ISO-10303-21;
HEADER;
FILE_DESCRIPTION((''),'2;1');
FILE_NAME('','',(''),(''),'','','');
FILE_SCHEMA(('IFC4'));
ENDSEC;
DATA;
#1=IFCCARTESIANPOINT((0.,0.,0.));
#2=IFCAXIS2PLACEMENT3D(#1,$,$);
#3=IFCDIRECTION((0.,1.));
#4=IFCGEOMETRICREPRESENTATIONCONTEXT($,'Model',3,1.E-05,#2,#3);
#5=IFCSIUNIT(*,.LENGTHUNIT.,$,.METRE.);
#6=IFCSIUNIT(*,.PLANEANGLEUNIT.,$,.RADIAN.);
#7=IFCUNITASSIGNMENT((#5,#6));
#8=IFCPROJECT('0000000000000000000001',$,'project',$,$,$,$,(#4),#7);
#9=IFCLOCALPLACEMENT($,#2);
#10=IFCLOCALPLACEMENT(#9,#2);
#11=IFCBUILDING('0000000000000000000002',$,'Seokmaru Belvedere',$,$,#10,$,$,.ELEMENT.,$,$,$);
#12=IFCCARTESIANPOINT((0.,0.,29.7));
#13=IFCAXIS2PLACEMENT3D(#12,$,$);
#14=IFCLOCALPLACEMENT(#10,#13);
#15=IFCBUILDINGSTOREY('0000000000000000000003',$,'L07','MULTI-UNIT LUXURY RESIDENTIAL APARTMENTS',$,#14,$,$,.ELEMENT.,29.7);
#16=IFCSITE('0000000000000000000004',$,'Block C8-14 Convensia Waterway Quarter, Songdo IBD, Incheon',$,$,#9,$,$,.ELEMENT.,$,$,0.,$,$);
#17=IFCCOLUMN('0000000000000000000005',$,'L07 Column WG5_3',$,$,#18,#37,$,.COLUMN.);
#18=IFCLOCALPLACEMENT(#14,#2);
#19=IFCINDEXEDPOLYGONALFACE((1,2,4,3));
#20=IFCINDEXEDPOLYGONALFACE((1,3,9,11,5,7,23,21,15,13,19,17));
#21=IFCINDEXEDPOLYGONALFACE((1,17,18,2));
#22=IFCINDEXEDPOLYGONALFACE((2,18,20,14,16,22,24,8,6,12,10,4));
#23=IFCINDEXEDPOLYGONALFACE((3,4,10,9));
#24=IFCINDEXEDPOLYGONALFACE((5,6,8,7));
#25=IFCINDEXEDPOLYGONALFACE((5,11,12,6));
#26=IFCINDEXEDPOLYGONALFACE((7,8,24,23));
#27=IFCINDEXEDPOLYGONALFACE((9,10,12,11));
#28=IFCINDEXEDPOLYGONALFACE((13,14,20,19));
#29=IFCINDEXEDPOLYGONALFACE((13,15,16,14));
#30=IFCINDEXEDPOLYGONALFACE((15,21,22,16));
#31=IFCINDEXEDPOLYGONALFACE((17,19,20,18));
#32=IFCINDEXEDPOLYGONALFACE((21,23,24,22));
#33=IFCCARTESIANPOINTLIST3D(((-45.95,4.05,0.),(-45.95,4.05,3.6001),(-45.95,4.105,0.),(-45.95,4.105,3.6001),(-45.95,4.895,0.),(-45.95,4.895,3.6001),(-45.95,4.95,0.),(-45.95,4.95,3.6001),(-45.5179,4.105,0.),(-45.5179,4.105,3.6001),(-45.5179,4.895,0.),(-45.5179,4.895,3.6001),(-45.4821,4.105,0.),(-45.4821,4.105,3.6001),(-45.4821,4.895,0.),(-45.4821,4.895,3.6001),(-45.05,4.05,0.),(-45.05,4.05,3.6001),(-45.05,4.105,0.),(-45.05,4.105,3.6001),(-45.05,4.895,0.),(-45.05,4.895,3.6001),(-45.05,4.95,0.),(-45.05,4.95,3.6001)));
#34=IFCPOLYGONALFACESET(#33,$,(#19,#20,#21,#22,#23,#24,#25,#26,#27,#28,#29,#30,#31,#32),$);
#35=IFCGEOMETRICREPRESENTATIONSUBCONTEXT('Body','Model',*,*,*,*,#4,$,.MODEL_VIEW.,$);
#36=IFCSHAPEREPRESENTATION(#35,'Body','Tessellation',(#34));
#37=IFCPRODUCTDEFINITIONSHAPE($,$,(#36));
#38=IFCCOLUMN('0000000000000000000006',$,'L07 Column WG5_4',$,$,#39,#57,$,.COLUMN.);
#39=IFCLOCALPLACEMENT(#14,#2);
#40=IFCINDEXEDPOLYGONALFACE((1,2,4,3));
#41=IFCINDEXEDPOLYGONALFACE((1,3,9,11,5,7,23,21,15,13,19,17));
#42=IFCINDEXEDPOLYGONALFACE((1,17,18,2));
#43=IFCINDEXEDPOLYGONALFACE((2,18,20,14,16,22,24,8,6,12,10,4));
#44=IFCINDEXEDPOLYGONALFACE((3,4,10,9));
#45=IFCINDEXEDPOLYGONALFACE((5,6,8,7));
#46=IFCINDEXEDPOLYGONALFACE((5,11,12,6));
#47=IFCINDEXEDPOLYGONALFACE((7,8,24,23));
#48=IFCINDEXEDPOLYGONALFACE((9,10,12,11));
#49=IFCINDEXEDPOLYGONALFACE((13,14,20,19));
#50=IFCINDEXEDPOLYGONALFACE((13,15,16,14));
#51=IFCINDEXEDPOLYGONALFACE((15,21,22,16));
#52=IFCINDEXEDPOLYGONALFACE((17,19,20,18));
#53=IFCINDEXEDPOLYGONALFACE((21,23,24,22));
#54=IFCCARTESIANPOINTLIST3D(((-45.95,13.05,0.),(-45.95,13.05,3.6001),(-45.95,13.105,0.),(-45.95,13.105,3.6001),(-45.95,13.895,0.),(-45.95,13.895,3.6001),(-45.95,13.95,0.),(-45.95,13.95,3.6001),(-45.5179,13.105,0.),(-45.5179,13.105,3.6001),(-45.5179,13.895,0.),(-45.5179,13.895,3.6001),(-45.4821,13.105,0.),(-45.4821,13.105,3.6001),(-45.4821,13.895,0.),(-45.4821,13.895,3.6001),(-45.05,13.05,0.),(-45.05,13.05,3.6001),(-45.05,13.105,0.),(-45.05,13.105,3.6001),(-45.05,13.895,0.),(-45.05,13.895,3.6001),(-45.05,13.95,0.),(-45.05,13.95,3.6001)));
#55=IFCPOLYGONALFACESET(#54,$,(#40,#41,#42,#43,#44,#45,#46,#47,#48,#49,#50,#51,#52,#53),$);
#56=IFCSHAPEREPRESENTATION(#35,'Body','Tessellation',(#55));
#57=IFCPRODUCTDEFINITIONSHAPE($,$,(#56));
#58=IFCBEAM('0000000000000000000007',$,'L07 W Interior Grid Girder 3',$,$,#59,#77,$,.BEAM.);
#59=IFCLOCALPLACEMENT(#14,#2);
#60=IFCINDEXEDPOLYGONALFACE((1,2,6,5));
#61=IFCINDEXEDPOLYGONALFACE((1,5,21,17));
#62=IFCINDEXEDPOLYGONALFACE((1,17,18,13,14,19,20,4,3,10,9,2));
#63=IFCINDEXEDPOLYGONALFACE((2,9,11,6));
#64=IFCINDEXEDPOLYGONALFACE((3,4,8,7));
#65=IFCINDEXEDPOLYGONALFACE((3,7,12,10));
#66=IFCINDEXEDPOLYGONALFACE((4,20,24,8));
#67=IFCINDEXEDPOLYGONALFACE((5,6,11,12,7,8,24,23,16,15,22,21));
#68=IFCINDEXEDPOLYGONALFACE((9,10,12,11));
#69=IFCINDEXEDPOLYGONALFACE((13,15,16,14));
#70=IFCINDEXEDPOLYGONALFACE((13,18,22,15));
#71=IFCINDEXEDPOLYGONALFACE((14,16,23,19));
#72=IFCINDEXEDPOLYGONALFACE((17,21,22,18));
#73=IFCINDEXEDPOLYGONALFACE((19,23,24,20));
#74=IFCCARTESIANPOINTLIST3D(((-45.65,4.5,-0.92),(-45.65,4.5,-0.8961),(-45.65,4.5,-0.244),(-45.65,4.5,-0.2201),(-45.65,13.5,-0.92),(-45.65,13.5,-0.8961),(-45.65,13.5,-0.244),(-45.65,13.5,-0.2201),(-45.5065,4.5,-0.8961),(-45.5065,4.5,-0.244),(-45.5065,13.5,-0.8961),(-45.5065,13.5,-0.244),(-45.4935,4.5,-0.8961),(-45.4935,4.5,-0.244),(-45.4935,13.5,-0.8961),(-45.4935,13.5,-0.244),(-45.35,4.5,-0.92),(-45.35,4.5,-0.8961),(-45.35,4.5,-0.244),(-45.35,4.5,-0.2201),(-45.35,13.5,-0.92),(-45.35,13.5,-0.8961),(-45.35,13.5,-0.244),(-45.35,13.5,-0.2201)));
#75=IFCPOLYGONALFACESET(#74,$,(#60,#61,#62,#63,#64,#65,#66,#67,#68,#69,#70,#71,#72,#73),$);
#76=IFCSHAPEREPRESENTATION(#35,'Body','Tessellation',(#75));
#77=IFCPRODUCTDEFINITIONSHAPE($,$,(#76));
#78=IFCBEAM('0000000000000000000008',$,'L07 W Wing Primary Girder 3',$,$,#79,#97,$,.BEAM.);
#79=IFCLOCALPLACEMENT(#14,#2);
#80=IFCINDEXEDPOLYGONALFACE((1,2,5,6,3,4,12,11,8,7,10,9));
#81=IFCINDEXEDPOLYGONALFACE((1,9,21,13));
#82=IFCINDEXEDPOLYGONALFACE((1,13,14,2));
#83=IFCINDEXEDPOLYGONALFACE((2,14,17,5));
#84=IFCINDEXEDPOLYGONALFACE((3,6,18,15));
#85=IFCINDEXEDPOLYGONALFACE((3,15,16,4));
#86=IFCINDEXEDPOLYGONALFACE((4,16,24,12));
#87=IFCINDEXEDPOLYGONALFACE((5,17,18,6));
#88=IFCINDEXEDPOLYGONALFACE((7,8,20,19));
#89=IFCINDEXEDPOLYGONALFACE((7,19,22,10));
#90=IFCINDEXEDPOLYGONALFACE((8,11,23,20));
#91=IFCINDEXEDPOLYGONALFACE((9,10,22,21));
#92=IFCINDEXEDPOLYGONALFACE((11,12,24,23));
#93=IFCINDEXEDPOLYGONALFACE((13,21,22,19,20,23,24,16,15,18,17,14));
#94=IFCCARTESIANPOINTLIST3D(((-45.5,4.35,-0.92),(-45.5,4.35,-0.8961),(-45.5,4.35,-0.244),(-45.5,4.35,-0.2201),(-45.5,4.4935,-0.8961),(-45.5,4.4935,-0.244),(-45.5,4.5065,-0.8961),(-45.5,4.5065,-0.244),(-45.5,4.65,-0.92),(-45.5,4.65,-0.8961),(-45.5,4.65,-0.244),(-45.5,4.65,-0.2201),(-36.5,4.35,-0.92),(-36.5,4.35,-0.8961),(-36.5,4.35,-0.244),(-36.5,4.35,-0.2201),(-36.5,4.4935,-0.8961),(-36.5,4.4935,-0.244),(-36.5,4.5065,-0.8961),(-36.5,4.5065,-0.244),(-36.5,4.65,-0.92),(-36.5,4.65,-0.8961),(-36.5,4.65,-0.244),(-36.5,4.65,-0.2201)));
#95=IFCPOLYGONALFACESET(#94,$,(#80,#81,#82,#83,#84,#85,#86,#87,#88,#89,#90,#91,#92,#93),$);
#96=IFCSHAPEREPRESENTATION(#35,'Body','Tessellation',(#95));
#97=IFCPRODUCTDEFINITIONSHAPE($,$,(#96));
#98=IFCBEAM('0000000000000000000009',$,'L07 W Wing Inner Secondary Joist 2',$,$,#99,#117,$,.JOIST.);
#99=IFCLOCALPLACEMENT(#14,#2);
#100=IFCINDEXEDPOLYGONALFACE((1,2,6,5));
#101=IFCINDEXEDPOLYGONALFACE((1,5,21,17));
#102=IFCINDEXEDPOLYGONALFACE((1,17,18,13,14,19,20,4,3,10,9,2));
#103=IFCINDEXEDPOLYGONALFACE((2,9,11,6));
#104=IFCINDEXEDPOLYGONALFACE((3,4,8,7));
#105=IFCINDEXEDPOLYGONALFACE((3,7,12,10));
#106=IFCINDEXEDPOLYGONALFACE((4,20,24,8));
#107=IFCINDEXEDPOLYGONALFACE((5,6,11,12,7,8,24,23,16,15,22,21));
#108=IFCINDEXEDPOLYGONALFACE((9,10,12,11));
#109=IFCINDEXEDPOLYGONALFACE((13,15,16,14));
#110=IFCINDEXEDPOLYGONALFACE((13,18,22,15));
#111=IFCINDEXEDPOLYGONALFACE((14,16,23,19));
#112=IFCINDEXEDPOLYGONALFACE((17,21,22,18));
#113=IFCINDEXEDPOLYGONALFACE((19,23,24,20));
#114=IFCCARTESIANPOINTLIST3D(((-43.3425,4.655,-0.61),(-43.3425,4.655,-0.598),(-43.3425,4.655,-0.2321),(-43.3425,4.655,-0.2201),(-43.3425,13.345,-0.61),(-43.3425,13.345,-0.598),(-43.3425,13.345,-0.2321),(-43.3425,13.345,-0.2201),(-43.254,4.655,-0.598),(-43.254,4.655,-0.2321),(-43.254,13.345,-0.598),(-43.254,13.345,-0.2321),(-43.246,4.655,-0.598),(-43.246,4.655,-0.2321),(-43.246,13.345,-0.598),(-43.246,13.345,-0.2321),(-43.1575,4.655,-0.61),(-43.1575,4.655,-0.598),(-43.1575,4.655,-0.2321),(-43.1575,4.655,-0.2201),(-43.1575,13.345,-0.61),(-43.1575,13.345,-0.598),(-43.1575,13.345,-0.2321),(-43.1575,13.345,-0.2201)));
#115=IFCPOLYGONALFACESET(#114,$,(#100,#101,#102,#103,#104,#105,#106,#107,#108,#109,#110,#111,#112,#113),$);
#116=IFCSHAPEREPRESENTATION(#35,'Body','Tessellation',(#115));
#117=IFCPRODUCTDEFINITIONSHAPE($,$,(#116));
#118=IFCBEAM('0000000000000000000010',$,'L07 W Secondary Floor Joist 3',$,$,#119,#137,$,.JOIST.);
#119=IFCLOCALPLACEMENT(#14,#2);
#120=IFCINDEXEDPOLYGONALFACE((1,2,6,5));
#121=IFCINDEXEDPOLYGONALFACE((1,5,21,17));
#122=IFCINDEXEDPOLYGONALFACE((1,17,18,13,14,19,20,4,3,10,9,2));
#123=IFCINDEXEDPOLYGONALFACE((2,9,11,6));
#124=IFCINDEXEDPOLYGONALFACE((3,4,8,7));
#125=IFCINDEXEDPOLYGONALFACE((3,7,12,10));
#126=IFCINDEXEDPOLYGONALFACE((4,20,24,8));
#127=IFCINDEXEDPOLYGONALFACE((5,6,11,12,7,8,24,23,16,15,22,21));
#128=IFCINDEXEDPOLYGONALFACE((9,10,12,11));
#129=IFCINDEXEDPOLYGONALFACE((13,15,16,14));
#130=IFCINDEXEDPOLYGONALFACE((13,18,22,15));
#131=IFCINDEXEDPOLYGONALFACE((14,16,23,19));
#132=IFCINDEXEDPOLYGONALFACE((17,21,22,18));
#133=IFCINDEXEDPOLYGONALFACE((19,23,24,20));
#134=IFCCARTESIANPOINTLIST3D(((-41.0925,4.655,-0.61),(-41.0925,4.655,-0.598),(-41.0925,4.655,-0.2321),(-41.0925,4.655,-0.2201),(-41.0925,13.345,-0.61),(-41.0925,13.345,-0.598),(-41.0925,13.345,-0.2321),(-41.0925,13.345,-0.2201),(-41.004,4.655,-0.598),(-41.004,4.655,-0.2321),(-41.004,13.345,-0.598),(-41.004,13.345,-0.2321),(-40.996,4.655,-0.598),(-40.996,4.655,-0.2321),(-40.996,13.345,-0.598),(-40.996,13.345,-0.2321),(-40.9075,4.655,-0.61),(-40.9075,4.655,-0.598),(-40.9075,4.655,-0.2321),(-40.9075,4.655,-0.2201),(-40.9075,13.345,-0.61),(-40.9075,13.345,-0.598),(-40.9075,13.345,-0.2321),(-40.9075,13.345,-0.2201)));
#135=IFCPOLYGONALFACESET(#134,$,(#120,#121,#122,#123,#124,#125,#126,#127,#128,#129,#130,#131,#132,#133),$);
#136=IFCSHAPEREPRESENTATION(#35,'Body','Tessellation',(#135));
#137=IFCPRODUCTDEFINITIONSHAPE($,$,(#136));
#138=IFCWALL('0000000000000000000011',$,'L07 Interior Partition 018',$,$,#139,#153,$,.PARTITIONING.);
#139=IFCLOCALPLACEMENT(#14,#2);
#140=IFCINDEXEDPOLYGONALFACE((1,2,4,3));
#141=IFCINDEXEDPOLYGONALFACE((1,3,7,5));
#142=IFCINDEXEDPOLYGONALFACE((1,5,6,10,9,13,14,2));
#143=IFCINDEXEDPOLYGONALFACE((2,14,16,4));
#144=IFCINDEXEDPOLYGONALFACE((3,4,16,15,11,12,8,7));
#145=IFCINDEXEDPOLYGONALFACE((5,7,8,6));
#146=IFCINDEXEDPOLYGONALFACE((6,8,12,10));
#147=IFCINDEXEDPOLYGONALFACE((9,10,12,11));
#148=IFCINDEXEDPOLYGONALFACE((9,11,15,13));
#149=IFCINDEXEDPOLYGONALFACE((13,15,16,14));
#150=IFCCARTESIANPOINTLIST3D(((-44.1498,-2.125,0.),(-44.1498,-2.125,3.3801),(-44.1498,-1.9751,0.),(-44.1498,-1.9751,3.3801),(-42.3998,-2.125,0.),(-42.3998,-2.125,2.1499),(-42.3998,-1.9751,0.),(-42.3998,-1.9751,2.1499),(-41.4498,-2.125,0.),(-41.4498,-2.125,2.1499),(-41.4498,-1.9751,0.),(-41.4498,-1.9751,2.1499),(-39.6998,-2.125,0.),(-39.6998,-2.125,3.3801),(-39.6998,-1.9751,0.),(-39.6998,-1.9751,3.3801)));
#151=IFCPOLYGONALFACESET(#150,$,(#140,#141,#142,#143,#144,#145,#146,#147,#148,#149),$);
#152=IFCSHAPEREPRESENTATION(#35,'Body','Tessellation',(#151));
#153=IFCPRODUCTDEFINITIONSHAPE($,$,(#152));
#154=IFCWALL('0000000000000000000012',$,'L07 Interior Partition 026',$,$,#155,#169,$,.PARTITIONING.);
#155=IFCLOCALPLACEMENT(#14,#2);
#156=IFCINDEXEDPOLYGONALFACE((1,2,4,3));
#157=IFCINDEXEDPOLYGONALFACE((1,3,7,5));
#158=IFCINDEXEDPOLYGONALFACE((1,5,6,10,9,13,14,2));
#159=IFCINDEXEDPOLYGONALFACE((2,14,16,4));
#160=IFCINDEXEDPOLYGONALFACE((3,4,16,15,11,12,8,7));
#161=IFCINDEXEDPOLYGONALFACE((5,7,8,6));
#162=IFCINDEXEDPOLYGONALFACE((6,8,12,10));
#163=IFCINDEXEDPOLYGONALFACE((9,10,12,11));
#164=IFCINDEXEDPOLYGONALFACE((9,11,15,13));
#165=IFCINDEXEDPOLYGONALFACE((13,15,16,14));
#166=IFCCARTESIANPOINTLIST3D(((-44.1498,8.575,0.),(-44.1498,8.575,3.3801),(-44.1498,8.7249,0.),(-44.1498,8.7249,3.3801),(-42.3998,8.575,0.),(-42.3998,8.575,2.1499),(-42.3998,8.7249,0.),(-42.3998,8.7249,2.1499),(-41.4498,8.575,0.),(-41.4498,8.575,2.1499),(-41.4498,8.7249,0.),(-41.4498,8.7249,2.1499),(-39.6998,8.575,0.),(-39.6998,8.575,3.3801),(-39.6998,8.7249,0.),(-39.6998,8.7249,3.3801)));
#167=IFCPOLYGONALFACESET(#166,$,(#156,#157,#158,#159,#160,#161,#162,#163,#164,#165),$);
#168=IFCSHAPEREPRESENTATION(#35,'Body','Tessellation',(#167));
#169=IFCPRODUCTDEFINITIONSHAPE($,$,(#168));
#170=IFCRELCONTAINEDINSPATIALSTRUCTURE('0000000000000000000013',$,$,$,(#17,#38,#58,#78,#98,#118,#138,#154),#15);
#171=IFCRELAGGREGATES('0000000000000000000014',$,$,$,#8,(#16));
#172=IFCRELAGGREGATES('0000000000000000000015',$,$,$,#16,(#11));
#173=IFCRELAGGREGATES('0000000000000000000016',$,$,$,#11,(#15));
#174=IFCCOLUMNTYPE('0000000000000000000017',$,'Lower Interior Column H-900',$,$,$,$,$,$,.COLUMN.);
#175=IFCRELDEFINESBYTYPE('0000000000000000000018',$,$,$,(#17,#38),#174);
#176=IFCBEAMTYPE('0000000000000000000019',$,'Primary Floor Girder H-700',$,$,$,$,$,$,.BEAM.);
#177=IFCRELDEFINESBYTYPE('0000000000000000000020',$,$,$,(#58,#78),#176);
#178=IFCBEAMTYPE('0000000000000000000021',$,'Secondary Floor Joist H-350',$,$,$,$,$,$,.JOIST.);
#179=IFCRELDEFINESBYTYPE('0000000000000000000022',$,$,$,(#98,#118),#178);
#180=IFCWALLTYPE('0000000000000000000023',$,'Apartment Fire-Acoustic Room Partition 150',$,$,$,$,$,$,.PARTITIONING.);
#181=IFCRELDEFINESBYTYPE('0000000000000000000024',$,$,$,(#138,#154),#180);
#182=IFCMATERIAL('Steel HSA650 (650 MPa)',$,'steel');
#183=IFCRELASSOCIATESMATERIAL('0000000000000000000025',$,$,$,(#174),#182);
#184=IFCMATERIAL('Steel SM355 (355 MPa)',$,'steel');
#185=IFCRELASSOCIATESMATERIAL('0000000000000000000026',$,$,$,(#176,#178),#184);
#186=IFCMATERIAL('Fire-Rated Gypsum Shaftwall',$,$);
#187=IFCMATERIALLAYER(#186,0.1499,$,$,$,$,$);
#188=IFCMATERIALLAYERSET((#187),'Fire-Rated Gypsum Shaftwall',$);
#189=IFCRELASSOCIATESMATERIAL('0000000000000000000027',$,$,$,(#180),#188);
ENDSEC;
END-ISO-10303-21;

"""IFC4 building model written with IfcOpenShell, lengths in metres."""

from ifc_helpers import new_model, si_unit, direction, frame, frame_2d, origin, origin_2d, place, context, subcontext, project, spatial, rectangle, i_section, extrude, source, transform, mapped, material, layer, layer_set, material_profile, profile_set, type_object, type_shapes, element, save


model = new_model("IFC4")

# Units and contexts
model_context = context("Model", 3, precision=1e-05, world=origin(), true_north=direction((0.0, 1.0)))
body_context = subcontext(model_context, "Body", "Model", "MODEL_VIEW")
ifc_project = project(units=[si_unit("LENGTHUNIT", "METRE"), si_unit("PLANEANGLEUNIT", "RADIAN")], contexts=[model_context])

# Site, building, storey
site_placement = place(None, origin())
site = spatial("IfcSite", under=ifc_project, at=site_placement, Name="Block C8-14 Convensia Waterway Quarter, Songdo IBD, Incheon", CompositionType="ELEMENT", RefElevation=0.0)
building_placement = place(site_placement, origin())
building = spatial("IfcBuilding", under=site, at=building_placement, Name="Seokmaru Belvedere", CompositionType="ELEMENT")
storey_placement = place(building_placement, frame((0.0, 0.0, 29.7)))
storey = spatial("IfcBuildingStorey", under=building, at=storey_placement, Name="L07", Description="MULTI-UNIT LUXURY RESIDENTIAL APARTMENTS", CompositionType="ELEMENT", Elevation=29.7)

# Columns
ifc_material_1 = material(Name="Steel HSA650 (650 MPa)", Category="steel")
ifc_material_profile_1 = material_profile(ifc_material_1, i_section(OverallWidth=0.8999, OverallDepth=0.8999, WebThickness=0.0359, FlangeThickness=0.0549, at=origin_2d()), Name="H-900x900x36x55")
ifc_profile_set_1 = profile_set([ifc_material_profile_1], Name="Steel HSA650 (650 MPa)")
column_type = type_object("IfcColumnType", Name="Lower Interior Column H-900", PredefinedType="COLUMN", material=ifc_profile_set_1)
shared_shape_1 = source(origin(), body_context, "Body", "SweptSolid", [
    extrude(i_section(OverallWidth=0.8999, OverallDepth=0.8999, WebThickness=0.0359, FlangeThickness=0.0549, at=origin_2d()), origin(), (0.0, 0.0, 1.0), 3.6001),
])
type_shapes(column_type, [shared_shape_1])
for number, where, z_axis, x_axis, name in (
    (1, (-45.5, 4.5, 0.0), (0.0, 0.0, 1.0), (1.0, 0.0, 0.0), "L07 Column WG5_3"),
    (2, (-45.5, 13.5, 0.0), (0.0, 0.0, 1.0), (1.0, 0.0, 0.0), "L07 Column WG5_4"),
):
    element("IfcColumn", number, at=place(storey_placement, frame(where, z_axis=z_axis, x_axis=x_axis)), inside=storey, type_object=column_type, Name=name, PredefinedType="COLUMN", context=body_context, shape_type="MappedRepresentation", body=[
        mapped(shared_shape_1, transform((0.0, 0.0, 0.0), scale=1.0)),
    ])

# Beams
ifc_material_2 = material(Name="Steel SM355 (355 MPa)", Category="steel")
ifc_material_profile_2 = material_profile(ifc_material_2, i_section(OverallWidth=0.3, OverallDepth=0.7, WebThickness=0.0129, FlangeThickness=0.0239, at=origin_2d()), Name="H-700x300x13x24")
ifc_profile_set_2 = profile_set([ifc_material_profile_2], Name="Steel SM355 (355 MPa)")
beam_type_1 = type_object("IfcBeamType", Name="Primary Floor Girder H-700", PredefinedType="BEAM", material=ifc_profile_set_2)
shared_shape_2 = source(origin(), body_context, "Body", "SweptSolid", [
    extrude(i_section(OverallWidth=0.3, OverallDepth=0.7, WebThickness=0.0129, FlangeThickness=0.0239, at=origin_2d()), origin(), (0.0, 0.0, 1.0), 9.0),
])
type_shapes(beam_type_1, [shared_shape_2])
for number, where, z_axis, x_axis, name in (
    (3, (-45.5, 4.5, -0.5701), (0.0, 1.0, 0.0), (-1.0, 0.0, 0.0), "L07 W Interior Grid Girder 3"),
    (4, (-45.5, 4.5, -0.5701), (1.0, 0.0, 0.0), (0.0, 1.0, 0.0), "L07 W Wing Primary Girder 3"),
):
    element("IfcBeam", number, at=place(storey_placement, frame(where, z_axis=z_axis, x_axis=x_axis)), inside=storey, type_object=beam_type_1, Name=name, PredefinedType="BEAM", context=body_context, shape_type="MappedRepresentation", body=[
        mapped(shared_shape_2, transform((0.0, 0.0, 0.0), scale=1.0)),
    ])
ifc_material_profile_3 = material_profile(ifc_material_2, i_section(OverallWidth=0.1851, OverallDepth=0.3899, WebThickness=0.0081, FlangeThickness=0.012, at=origin_2d()), Name="H-390x185x8x12")
ifc_profile_set_3 = profile_set([ifc_material_profile_3], Name="Steel SM355 (355 MPa)")
beam_type_2 = type_object("IfcBeamType", Name="Secondary Floor Joist H-350", PredefinedType="JOIST", material=ifc_profile_set_3)
shared_shape_3 = source(origin(), body_context, "Body", "SweptSolid", [
    extrude(i_section(OverallWidth=0.1851, OverallDepth=0.3899, WebThickness=0.0081, FlangeThickness=0.012, at=origin_2d()), origin(), (0.0, 0.0, 1.0), 8.6899),
])
type_shapes(beam_type_2, [shared_shape_3])
for number, where, z_axis, x_axis, name in (
    (5, (-43.25, 4.655, -0.415), (0.0, 1.0, 0.0), (-1.0, 0.0, 0.0), "L07 W Wing Inner Secondary Joist 2"),
    (6, (-41.0, 4.655, -0.415), (0.0, 1.0, 0.0), (-1.0, 0.0, 0.0), "L07 W Secondary Floor Joist 3"),
):
    element("IfcBeam", number, at=place(storey_placement, frame(where, z_axis=z_axis, x_axis=x_axis)), inside=storey, type_object=beam_type_2, Name=name, PredefinedType="JOIST", context=body_context, shape_type="MappedRepresentation", body=[
        mapped(shared_shape_3, transform((0.0, 0.0, 0.0), scale=1.0)),
    ])

# Walls, openings
ifc_material_3 = material(Name="Fire-Rated Gypsum Shaftwall")
ifc_layer_1 = layer(ifc_material_3, 0.1499)
ifc_layer_set_1 = layer_set([ifc_layer_1], Name="Fire-Rated Gypsum Shaftwall")
wall_type_1 = type_object("IfcWallType", Name="Apartment Fire-Acoustic Room Partition 150", PredefinedType="PARTITIONING", material=ifc_layer_set_1)
wall_1_placement = place(storey_placement, frame((-44.1499, -2.05, 0.0), z_axis=(0.0, 0.0, 1.0), x_axis=(1.0, 0.0, 0.0)))
wall_1 = element("IfcWall", 7, at=wall_1_placement, inside=storey, type_object=wall_type_1, Name="L07 Interior Partition 018", PredefinedType="PARTITIONING", context=body_context, shape_type="SweptSolid", body=[
    extrude(rectangle(XDim=4.45, YDim=0.1499, at=frame_2d((2.2251, 0.0))), origin(), (0.0, 0.0, 1.0), 3.3801),
])
opening_1_placement = place(wall_1_placement, frame((1.75, 0.0, 0.0)))
element("IfcOpeningElement", 8, at=opening_1_placement, cuts=wall_1, PredefinedType="OPENING", context=body_context, shape_type="SweptSolid", body=[
    extrude(rectangle(XDim=0.95, YDim=2.1499, at=frame_2d((0.4751, 1.075))), frame((0.0, 0.085, 0.0), z_axis=(0.0, -1.0, 0.0), x_axis=(1.0, 0.0, 0.0)), (0.0, 0.0, 1.0), 0.1699),
])
wall_2_placement = place(storey_placement, frame((-44.1499, 8.6499, 0.0), z_axis=(0.0, 0.0, 1.0), x_axis=(1.0, 0.0, 0.0)))
wall_2 = element("IfcWall", 9, at=wall_2_placement, inside=storey, type_object=wall_type_1, Name="L07 Interior Partition 026", PredefinedType="PARTITIONING", context=body_context, shape_type="SweptSolid", body=[
    extrude(rectangle(XDim=4.45, YDim=0.1499, at=frame_2d((2.2251, 0.0))), origin(), (0.0, 0.0, 1.0), 3.3801),
])
opening_2_placement = place(wall_2_placement, frame((1.75, 0.0, 0.0)))
element("IfcOpeningElement", 10, at=opening_2_placement, cuts=wall_2, PredefinedType="OPENING", context=body_context, shape_type="SweptSolid", body=[
    extrude(rectangle(XDim=0.95, YDim=2.1499, at=frame_2d((0.4751, 1.075))), frame((0.0, 0.085, 0.0), z_axis=(0.0, -1.0, 0.0), x_axis=(1.0, 0.0, 0.0)), (0.0, 0.0, 1.0), 0.1699),
])

save(model, "model.ifc")
